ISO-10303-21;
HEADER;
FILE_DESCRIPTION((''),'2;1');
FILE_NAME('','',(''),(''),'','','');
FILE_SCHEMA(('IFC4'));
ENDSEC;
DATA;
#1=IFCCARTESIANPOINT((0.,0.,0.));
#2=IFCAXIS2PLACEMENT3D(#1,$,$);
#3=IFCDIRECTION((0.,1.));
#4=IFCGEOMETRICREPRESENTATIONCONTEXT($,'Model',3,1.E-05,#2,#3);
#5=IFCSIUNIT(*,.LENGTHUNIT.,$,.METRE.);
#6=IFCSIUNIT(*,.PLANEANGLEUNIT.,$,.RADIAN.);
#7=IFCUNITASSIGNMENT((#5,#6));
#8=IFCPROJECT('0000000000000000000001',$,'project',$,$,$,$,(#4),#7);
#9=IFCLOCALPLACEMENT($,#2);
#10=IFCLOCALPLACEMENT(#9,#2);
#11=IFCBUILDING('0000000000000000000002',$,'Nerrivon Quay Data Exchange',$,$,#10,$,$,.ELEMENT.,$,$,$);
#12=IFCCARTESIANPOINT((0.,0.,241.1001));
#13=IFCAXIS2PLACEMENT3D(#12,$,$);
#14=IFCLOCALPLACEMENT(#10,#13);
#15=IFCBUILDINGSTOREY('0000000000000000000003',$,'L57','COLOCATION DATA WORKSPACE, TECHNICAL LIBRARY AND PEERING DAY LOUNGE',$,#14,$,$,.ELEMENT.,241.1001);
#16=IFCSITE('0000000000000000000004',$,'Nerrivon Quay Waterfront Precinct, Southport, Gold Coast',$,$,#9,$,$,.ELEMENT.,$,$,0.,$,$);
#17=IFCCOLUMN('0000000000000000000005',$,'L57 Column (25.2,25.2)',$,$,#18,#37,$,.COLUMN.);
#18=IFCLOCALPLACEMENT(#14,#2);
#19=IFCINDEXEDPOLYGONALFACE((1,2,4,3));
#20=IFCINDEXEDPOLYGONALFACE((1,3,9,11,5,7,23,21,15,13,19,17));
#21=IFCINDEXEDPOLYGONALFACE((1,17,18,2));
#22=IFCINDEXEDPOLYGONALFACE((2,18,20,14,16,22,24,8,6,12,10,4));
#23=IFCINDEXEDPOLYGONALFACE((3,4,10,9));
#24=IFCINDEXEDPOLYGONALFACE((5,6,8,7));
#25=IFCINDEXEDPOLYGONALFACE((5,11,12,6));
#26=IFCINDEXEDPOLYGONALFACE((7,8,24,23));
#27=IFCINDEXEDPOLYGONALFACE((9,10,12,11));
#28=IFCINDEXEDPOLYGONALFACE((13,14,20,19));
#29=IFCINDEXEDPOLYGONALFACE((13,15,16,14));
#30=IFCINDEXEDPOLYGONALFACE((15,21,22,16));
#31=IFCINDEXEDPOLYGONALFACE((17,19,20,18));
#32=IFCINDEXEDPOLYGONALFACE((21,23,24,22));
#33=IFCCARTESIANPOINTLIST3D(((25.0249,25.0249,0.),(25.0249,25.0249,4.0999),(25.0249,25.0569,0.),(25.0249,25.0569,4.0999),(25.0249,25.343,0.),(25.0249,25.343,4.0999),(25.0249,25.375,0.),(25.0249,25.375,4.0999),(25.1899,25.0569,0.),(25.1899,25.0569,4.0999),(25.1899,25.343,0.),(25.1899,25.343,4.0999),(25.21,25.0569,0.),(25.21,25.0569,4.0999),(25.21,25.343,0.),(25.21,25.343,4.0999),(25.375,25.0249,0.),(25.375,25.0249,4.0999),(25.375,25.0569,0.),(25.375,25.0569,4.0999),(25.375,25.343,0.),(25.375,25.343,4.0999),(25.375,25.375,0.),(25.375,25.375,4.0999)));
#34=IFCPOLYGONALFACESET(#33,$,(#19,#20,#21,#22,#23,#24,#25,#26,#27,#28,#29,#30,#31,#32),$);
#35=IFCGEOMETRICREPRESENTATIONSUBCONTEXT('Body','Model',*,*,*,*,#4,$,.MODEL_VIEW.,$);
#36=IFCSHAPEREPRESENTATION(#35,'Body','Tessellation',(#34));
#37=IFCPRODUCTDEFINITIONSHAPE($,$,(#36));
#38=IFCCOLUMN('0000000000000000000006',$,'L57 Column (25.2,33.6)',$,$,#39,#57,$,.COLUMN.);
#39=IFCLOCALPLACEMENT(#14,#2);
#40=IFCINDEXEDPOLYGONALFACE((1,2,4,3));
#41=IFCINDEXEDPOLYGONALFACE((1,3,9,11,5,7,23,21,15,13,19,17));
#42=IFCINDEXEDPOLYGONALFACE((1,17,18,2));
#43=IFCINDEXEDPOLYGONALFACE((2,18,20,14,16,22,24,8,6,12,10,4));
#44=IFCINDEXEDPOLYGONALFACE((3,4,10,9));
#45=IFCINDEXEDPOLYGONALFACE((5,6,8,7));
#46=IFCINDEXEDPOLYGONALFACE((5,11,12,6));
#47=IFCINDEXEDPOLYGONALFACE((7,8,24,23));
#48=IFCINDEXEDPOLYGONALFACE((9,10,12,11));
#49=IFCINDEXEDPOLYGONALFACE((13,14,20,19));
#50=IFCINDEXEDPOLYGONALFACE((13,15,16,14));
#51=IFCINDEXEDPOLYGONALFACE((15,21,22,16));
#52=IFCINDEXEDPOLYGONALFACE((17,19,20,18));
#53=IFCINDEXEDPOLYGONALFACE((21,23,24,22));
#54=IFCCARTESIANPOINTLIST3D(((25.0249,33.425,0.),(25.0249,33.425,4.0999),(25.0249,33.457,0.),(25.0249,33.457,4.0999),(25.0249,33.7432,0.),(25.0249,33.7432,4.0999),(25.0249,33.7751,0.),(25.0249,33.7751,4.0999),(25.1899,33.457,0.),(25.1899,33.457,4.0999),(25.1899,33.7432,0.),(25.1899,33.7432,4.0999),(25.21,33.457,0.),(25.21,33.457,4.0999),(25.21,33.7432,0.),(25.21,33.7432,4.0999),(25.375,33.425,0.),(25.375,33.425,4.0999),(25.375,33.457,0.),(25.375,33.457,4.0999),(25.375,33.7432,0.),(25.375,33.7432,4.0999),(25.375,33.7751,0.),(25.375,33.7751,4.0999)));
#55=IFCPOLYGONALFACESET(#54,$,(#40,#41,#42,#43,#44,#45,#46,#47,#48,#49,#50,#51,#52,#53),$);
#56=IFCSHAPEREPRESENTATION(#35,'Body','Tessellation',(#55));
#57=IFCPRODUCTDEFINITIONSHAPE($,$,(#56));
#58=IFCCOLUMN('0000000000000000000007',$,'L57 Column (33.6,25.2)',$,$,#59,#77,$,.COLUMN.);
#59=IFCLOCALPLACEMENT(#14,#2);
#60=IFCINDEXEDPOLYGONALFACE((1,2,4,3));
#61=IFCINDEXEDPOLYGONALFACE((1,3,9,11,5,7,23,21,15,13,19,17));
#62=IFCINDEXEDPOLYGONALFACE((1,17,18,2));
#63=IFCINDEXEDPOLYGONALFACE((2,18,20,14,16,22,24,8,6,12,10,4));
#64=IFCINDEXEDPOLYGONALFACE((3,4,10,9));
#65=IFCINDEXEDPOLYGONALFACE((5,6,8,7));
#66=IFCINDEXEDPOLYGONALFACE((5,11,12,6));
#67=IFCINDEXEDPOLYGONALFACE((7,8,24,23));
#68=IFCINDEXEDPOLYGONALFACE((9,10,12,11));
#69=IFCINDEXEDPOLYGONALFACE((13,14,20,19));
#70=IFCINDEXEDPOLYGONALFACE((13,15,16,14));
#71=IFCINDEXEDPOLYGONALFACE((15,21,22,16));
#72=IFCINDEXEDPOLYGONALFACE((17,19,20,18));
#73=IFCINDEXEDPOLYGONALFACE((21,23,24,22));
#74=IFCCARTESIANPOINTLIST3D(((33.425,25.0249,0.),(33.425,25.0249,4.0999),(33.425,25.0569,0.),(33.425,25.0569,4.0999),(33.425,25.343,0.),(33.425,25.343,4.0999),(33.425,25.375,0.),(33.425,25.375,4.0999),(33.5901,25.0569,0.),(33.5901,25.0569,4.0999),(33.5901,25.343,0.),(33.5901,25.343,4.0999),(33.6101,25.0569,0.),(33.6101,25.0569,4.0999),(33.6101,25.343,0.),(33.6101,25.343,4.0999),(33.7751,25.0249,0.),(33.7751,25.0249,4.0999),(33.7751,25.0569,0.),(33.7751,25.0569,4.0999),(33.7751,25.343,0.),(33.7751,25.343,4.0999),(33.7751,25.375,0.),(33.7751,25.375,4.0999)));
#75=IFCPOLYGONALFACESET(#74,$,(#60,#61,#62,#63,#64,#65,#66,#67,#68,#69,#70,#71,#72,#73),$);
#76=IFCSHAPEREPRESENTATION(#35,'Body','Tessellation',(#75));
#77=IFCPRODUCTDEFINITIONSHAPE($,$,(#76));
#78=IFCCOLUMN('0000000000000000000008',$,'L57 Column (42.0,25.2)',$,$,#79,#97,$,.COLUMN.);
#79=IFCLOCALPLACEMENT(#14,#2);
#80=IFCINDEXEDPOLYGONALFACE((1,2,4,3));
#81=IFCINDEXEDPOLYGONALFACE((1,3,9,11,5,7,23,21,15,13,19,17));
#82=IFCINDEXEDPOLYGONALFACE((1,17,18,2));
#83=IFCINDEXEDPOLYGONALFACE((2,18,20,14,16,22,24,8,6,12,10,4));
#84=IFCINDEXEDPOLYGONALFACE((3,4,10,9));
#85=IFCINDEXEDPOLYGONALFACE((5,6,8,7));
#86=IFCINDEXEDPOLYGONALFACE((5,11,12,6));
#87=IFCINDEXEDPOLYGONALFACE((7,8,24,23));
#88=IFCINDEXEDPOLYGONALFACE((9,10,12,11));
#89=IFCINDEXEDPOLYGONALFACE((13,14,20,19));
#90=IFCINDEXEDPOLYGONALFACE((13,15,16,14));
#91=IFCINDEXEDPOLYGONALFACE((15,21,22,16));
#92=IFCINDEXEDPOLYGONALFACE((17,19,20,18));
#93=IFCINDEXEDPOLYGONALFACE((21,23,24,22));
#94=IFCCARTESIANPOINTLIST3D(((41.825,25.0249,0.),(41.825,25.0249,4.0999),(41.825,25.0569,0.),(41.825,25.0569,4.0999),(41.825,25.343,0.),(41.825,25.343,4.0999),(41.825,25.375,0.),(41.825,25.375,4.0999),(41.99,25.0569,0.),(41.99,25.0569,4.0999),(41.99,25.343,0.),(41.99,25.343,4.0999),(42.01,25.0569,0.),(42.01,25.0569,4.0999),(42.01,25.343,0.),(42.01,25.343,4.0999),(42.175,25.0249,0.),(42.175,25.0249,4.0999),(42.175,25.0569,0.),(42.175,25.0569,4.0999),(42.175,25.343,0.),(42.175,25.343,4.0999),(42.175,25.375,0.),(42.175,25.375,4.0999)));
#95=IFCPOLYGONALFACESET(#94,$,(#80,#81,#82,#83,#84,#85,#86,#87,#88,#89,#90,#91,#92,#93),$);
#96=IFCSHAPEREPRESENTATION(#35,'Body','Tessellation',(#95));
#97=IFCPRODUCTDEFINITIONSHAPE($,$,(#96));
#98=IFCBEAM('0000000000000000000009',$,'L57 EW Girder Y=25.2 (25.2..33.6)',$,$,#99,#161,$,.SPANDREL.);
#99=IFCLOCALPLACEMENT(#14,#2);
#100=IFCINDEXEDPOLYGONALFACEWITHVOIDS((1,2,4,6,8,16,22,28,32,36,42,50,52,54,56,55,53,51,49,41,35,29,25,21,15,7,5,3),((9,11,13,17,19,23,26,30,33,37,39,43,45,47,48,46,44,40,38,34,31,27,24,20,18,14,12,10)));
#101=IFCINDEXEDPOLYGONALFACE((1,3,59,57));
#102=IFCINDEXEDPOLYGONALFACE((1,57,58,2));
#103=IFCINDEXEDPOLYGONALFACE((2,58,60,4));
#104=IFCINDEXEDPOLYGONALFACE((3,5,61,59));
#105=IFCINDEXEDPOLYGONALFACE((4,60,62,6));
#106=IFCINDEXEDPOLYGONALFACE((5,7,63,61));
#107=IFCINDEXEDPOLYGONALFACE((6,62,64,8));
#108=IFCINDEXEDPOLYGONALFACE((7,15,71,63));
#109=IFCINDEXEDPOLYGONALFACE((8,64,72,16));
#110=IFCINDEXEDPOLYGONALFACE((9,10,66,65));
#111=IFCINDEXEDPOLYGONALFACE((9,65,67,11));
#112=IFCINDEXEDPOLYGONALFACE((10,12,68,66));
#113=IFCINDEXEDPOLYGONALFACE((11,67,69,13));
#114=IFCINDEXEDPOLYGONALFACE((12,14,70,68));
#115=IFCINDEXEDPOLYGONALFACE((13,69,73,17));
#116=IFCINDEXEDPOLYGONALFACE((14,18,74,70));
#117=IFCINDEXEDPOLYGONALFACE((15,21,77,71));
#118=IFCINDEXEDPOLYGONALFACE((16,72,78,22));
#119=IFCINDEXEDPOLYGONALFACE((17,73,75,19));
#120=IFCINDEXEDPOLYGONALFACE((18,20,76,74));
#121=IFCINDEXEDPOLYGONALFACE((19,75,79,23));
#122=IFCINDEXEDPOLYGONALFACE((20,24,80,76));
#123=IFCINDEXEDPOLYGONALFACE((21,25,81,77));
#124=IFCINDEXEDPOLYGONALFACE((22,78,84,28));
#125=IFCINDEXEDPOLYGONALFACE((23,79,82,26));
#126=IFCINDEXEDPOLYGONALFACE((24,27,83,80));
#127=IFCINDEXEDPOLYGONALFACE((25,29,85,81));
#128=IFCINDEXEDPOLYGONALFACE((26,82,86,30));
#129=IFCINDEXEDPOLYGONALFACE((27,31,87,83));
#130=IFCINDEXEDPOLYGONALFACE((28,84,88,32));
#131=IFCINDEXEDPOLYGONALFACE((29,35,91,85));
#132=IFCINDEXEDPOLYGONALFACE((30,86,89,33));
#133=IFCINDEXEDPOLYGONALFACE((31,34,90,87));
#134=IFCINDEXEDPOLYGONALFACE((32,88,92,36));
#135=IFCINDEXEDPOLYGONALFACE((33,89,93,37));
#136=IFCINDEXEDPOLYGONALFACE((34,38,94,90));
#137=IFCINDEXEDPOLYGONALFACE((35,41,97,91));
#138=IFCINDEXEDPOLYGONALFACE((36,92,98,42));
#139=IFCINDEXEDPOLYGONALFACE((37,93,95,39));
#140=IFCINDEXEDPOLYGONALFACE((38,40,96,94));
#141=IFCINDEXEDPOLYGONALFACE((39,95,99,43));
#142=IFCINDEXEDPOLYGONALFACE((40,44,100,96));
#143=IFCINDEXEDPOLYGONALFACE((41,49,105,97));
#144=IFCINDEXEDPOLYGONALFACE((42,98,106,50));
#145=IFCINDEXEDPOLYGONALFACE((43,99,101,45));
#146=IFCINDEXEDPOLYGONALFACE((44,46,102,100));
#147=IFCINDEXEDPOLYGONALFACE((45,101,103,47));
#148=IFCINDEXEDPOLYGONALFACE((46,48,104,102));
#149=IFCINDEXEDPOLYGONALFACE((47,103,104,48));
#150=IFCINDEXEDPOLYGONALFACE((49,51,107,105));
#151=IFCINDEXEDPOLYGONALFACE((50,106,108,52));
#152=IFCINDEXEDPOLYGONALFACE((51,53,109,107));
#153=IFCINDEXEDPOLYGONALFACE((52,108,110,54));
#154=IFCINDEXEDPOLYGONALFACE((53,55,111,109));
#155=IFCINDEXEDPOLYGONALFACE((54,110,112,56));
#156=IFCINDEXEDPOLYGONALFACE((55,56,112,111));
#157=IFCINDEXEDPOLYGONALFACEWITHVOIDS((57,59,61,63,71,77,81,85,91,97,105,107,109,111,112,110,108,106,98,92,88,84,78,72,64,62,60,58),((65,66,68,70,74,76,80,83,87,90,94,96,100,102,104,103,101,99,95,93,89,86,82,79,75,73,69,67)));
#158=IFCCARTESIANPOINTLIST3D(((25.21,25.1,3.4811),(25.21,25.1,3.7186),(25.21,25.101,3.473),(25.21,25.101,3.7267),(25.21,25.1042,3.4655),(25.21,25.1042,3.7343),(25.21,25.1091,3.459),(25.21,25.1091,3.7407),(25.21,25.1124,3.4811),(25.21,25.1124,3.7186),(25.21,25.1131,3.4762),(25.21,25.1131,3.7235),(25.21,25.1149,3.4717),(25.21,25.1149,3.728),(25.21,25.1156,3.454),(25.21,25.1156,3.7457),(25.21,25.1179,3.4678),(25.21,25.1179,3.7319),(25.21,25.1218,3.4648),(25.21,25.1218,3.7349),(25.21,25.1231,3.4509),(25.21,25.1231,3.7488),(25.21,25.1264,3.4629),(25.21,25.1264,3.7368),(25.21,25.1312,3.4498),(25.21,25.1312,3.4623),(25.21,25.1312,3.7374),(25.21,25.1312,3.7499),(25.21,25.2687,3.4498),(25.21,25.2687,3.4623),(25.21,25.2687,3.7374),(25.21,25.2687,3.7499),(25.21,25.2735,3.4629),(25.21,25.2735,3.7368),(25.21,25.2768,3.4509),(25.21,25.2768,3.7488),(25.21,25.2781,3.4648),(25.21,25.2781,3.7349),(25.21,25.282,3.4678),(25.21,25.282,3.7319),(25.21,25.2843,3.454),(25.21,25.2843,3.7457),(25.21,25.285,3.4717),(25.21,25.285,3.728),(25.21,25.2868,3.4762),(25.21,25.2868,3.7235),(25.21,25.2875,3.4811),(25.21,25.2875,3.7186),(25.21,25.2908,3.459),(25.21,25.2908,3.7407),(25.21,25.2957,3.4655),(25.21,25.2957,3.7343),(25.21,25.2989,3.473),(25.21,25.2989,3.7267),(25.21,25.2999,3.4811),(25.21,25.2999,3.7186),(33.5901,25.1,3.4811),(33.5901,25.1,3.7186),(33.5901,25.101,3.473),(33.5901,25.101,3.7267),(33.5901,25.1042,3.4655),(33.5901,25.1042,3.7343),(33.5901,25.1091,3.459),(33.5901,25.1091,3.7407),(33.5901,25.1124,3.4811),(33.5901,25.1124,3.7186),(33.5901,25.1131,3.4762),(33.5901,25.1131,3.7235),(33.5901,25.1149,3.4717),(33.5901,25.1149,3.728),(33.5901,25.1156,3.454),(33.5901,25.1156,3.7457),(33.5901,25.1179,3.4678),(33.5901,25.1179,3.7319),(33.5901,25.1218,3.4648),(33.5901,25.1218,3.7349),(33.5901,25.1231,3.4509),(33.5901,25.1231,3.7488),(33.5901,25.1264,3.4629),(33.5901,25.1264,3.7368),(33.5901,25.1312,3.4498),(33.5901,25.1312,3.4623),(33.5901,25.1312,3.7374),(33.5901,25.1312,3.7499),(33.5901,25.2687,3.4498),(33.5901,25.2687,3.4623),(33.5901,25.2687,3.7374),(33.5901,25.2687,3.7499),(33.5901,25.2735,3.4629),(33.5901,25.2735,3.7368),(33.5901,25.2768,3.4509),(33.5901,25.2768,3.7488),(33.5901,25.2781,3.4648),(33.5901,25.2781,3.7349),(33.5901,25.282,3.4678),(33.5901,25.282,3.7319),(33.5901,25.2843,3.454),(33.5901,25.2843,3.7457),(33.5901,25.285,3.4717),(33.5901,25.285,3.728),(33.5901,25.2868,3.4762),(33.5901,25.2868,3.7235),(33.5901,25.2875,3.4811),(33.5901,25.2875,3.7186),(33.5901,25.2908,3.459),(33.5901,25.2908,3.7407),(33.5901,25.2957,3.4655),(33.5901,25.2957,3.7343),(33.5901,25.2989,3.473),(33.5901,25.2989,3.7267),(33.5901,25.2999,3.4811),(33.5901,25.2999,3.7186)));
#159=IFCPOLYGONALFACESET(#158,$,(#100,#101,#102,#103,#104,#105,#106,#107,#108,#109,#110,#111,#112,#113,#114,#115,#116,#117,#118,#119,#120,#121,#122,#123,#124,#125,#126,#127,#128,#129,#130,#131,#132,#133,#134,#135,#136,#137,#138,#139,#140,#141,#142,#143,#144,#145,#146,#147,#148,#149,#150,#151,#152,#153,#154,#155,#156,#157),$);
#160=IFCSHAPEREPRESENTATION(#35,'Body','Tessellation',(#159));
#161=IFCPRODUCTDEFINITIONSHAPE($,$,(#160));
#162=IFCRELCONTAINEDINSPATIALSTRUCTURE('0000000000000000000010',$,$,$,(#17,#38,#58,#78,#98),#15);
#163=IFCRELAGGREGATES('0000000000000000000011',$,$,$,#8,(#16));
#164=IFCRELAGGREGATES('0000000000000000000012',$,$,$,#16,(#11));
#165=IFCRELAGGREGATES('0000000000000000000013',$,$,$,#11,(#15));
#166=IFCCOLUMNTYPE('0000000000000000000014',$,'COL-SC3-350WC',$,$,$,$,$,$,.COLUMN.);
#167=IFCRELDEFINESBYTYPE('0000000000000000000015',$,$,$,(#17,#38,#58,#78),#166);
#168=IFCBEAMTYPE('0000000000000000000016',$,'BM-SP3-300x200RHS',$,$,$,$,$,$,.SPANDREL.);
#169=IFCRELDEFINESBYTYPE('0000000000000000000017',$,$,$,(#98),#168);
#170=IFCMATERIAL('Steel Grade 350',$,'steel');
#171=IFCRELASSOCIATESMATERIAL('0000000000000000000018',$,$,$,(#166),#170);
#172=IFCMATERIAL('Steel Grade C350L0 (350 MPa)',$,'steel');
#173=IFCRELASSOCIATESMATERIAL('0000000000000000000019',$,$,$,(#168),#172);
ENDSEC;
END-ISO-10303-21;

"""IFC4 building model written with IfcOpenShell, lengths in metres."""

from ifc_helpers import new_model, si_unit, direction, frame, origin, origin_2d, place, context, subcontext, project, spatial, hollow_rectangle, i_section, extrude, material, material_profile, profile_set, type_object, element, save


model = new_model("IFC4")

# Units and contexts
model_context = context("Model", 3, precision=1e-05, world=origin(), true_north=direction((0.0, 1.0)))
body_context = subcontext(model_context, "Body", "Model", "MODEL_VIEW")
ifc_project = project(units=[si_unit("LENGTHUNIT", "METRE"), si_unit("PLANEANGLEUNIT", "RADIAN")], contexts=[model_context])

# Site, building, storey
site_placement = place(None, origin())
site = spatial("IfcSite", under=ifc_project, at=site_placement, Name="Nerrivon Quay Waterfront Precinct, Southport, Gold Coast", CompositionType="ELEMENT", RefElevation=0.0)
building_placement = place(site_placement, origin())
building = spatial("IfcBuilding", under=site, at=building_placement, Name="Nerrivon Quay Data Exchange", CompositionType="ELEMENT")
storey_placement = place(building_placement, frame((0.0, 0.0, 241.1001)))
storey = spatial("IfcBuildingStorey", under=building, at=storey_placement, Name="L57", Description="COLOCATION DATA WORKSPACE, TECHNICAL LIBRARY AND PEERING DAY LOUNGE", CompositionType="ELEMENT", Elevation=241.1001)

# Columns
ifc_material_1 = material(Name="Steel Grade 350", Category="steel")
ifc_material_profile_1 = material_profile(ifc_material_1, i_section(OverallWidth=0.3501, OverallDepth=0.3501, WebThickness=0.02, FlangeThickness=0.032, at=origin_2d()), Name="350WC230")
ifc_profile_set_1 = profile_set([ifc_material_profile_1], Name="Steel Grade 350")
column_type = type_object("IfcColumnType", Name="COL-SC3-350WC", PredefinedType="COLUMN", material=ifc_profile_set_1)
for number, where, z_axis, x_axis, name in (
    (1, (25.2, 25.2, 0.0), (0.0, 0.0, 1.0), (1.0, 0.0, 0.0), "L57 Column (25.2,25.2)"),
    (2, (25.2, 33.6001, 0.0), (0.0, 0.0, 1.0), (1.0, 0.0, 0.0), "L57 Column (25.2,33.6)"),
    (3, (33.6001, 25.2, 0.0), (0.0, 0.0, 1.0), (1.0, 0.0, 0.0), "L57 Column (33.6,25.2)"),
    (4, (42.0, 25.2, 0.0), (0.0, 0.0, 1.0), (1.0, 0.0, 0.0), "L57 Column (42.0,25.2)"),
):
    element("IfcColumn", number, at=place(storey_placement, frame(where, z_axis=z_axis, x_axis=x_axis)), inside=storey, type_object=column_type, Name=name, PredefinedType="COLUMN", context=body_context, shape_type="SweptSolid", body=[
        extrude(i_section(OverallWidth=0.3501, OverallDepth=0.3501, WebThickness=0.02, FlangeThickness=0.032, at=origin_2d()), origin(), (0.0, 0.0, 1.0), 4.0999),
    ])

# Beam
ifc_material_2 = material(Name="Steel Grade C350L0 (350 MPa)", Category="steel")
ifc_material_profile_2 = material_profile(ifc_material_2, hollow_rectangle(XDim=0.2, YDim=0.3, WallThickness=0.0125, InnerFilletRadius=0.0188, OuterFilletRadius=0.0312, at=origin_2d()), Name="300x200x12.5RHS")
ifc_profile_set_2 = profile_set([ifc_material_profile_2], Name="Steel Grade C350L0 (350 MPa)")
beam_type = type_object("IfcBeamType", Name="BM-SP3-300x200RHS", PredefinedType="SPANDREL", material=ifc_profile_set_2)
beam_1_placement = place(storey_placement, frame((25.21, 25.2, 3.5999), z_axis=(1.0, 0.0, 0.0), x_axis=(0.0, 1.0, 0.0)))
element("IfcBeam", 5, at=beam_1_placement, inside=storey, type_object=beam_type, Name="L57 EW Girder Y=25.2 (25.2..33.6)", PredefinedType="SPANDREL", context=body_context, shape_type="SweptSolid", body=[
    extrude(hollow_rectangle(XDim=0.2, YDim=0.3, WallThickness=0.0125, InnerFilletRadius=0.0188, OuterFilletRadius=0.0312, at=origin_2d()), origin(), (0.0, 0.0, 1.0), 8.3801),
])

save(model, "model.ifc")
